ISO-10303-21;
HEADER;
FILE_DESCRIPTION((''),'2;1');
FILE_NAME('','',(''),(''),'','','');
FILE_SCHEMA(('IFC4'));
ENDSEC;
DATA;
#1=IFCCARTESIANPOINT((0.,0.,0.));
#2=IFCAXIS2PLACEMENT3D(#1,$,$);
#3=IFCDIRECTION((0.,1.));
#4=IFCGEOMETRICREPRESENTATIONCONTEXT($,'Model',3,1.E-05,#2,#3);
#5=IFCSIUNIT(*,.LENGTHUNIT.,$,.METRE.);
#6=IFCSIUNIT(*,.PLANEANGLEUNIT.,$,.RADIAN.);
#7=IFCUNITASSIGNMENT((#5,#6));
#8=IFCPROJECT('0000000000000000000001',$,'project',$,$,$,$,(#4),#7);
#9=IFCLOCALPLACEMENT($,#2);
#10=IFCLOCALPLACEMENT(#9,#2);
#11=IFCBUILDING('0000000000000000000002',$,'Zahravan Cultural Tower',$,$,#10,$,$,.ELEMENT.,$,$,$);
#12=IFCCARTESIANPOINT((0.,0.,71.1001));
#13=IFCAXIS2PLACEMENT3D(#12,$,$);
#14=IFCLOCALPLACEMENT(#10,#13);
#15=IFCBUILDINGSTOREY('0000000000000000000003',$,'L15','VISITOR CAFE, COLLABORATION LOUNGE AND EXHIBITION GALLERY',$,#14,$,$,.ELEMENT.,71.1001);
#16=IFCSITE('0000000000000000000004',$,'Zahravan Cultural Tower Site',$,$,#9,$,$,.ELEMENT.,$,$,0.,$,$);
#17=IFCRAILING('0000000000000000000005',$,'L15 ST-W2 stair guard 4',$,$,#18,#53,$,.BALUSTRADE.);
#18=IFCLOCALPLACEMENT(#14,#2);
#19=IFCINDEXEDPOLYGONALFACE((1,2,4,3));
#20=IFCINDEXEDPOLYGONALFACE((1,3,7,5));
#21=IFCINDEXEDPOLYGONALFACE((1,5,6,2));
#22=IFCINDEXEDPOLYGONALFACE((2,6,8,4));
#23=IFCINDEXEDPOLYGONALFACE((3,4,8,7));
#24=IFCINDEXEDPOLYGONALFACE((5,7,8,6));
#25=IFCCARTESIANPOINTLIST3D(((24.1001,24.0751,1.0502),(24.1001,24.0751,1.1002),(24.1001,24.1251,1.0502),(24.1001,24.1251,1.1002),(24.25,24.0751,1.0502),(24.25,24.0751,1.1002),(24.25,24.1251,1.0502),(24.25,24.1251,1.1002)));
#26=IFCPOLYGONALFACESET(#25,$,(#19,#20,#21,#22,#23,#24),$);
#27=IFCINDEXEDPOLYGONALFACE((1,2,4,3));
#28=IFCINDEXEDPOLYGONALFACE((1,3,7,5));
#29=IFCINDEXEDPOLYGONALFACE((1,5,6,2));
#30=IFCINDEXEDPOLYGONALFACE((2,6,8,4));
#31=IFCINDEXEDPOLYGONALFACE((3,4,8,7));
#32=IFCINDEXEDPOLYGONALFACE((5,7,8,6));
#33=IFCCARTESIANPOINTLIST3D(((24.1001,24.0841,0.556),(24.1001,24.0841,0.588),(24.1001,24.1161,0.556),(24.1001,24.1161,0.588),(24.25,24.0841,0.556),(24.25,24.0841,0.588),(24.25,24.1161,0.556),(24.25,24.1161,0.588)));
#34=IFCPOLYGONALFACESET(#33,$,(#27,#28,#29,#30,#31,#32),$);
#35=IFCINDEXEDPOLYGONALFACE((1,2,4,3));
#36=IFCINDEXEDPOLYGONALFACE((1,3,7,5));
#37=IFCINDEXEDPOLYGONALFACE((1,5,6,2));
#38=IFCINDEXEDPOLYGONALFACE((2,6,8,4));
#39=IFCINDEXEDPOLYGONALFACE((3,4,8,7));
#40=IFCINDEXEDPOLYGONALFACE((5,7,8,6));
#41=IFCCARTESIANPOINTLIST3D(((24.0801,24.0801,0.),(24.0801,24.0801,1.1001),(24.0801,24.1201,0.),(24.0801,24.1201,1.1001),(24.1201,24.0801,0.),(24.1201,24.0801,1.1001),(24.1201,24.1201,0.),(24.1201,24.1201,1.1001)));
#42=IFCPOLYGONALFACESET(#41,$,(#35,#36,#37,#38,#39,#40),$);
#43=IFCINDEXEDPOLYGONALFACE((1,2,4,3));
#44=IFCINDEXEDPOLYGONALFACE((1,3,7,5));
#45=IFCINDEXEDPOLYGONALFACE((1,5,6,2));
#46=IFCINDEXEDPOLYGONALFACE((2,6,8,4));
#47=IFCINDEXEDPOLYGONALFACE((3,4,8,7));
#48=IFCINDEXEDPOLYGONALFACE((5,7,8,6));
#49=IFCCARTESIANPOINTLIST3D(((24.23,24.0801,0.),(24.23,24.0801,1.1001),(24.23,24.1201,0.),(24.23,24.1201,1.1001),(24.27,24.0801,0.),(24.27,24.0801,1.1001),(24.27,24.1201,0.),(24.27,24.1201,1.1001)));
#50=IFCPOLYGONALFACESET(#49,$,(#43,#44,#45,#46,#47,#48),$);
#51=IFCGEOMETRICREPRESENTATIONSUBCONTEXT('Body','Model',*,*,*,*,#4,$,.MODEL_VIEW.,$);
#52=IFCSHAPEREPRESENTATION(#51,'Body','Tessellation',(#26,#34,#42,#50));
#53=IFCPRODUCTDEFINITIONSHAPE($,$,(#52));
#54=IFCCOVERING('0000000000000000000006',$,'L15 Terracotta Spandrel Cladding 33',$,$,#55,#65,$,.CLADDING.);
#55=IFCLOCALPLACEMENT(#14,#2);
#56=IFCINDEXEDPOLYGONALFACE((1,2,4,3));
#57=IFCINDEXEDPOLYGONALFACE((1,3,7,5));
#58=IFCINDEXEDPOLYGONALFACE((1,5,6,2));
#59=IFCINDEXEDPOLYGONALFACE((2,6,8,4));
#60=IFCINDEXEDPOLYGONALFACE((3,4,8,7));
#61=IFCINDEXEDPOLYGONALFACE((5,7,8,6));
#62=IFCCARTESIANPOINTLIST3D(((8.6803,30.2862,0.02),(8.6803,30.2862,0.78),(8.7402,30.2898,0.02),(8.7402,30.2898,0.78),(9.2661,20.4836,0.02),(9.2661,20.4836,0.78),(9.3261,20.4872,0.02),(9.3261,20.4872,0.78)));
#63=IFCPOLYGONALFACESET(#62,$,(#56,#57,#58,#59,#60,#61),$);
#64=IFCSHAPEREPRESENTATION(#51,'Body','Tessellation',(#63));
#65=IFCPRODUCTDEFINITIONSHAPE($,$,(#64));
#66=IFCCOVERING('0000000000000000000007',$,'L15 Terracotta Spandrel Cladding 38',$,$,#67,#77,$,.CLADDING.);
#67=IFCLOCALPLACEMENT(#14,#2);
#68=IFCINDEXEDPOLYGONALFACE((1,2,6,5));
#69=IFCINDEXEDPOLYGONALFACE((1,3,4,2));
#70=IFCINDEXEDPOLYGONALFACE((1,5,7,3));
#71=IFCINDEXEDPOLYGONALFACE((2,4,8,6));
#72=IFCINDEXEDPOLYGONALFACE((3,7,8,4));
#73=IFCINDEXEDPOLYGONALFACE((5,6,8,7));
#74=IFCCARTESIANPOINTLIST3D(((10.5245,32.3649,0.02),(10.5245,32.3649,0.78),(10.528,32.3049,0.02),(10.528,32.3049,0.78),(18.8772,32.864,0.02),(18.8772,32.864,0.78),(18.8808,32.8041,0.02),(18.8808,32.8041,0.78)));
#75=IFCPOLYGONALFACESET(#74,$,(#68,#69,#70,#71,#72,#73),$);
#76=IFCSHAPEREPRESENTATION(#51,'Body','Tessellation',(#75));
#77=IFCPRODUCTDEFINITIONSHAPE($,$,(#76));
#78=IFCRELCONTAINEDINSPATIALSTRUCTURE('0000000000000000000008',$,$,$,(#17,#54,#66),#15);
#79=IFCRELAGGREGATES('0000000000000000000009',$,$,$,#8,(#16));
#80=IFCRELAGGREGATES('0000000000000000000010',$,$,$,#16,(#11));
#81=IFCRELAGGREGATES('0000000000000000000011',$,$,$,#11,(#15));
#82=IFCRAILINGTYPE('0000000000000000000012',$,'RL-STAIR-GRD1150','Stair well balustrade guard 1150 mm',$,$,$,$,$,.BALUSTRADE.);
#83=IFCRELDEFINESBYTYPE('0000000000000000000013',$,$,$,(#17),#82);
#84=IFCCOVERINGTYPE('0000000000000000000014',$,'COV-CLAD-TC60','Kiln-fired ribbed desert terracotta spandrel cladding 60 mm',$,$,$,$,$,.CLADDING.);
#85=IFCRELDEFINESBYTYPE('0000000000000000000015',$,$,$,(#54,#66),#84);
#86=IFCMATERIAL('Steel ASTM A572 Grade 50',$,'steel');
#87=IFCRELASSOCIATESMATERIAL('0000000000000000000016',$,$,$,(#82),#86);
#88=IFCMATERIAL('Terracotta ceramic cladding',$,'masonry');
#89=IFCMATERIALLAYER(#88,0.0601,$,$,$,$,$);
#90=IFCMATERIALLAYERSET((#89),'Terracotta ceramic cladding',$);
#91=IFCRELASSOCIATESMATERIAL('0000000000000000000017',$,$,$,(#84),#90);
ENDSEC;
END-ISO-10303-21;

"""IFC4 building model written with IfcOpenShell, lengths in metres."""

from ifc_helpers import new_model, si_unit, direction, frame, origin, origin_2d, place, context, subcontext, project, spatial, rectangle, extrude, source, transform, mapped, material, layer, layer_set, type_object, element, save


model = new_model("IFC4")

# Units and contexts
model_context = context("Model", 3, precision=1e-05, world=origin(), true_north=direction((0.0, 1.0)))
body_context = subcontext(model_context, "Body", "Model", "MODEL_VIEW")
ifc_project = project(units=[si_unit("LENGTHUNIT", "METRE"), si_unit("PLANEANGLEUNIT", "RADIAN")], contexts=[model_context])

# Site, building, storey
site_placement = place(None, origin())
site = spatial("IfcSite", under=ifc_project, at=site_placement, Name="Zahravan Cultural Tower Site", CompositionType="ELEMENT", RefElevation=0.0)
building_placement = place(site_placement, origin())
building = spatial("IfcBuilding", under=site, at=building_placement, Name="Zahravan Cultural Tower", CompositionType="ELEMENT")
storey_placement = place(building_placement, frame((0.0, 0.0, 71.1001)))
storey = spatial("IfcBuildingStorey", under=building, at=storey_placement, Name="L15", Description="VISITOR CAFE, COLLABORATION LOUNGE AND EXHIBITION GALLERY", CompositionType="ELEMENT", Elevation=71.1001)

# Shared definitions
ifc_material_1 = material(Name="Steel ASTM A572 Grade 50", Category="steel")

# Railing
railing_type = type_object("IfcRailingType", Name="RL-STAIR-GRD1150", Description="Stair well balustrade guard 1150 mm", PredefinedType="BALUSTRADE", material=ifc_material_1)
railing_1_placement = place(storey_placement, frame((24.1001, 24.1001, 0.0)))
element("IfcRailing", 1, at=railing_1_placement, inside=storey, type_object=railing_type, Name="L15 ST-W2 stair guard 4", PredefinedType="BALUSTRADE", context=body_context, shape_type="SweptSolid", body=[
    extrude(rectangle(XDim=0.05, YDim=0.05, at=origin_2d()), frame((0.0, 0.0, 1.0752), z_axis=(1.0, 0.0, 0.0), x_axis=(0.0, 1.0, 0.0)), (0.0, 0.0, 1.0), 0.1499),
    extrude(rectangle(XDim=0.032, YDim=0.032, at=origin_2d()), frame((0.0, 0.0, 0.572), z_axis=(1.0, 0.0, 0.0), x_axis=(0.0, 1.0, 0.0)), (0.0, 0.0, 1.0), 0.1499),
    extrude(rectangle(XDim=0.04, YDim=0.04, at=origin_2d()), origin(), (0.0, 0.0, 1.0), 1.1001),
    extrude(rectangle(XDim=0.04, YDim=0.04, at=origin_2d()), frame((0.1499, 0.0, 0.0)), (0.0, 0.0, 1.0), 1.1001),
])

# Coverings
ifc_material_2 = material(Name="Terracotta ceramic cladding", Category="masonry")
ifc_layer_1 = layer(ifc_material_2, 0.0601)
ifc_layer_set_1 = layer_set([ifc_layer_1], Name="Terracotta ceramic cladding")
covering_type = type_object("IfcCoveringType", Name="COV-CLAD-TC60", Description="Kiln-fired ribbed desert terracotta spandrel cladding 60 mm", PredefinedType="CLADDING", material=ifc_layer_set_1)
shared_shape_1 = source(origin(), body_context, "Body", "SweptSolid", [
    extrude(rectangle(XDim=9.8201, YDim=0.0601, at=origin_2d()), origin(), (0.0, 0.0, 1.0), 0.76),
])
covering_1_placement = place(storey_placement, frame((9.0032, 25.3867, 0.02), z_axis=(0.0, 0.0, 1.0), x_axis=(-0.059655, 0.998219, 0.0)))
element("IfcCovering", 2, at=covering_1_placement, inside=storey, type_object=covering_type, Name="L15 Terracotta Spandrel Cladding 33", PredefinedType="CLADDING", context=body_context, shape_type="MappedRepresentation", body=[
    mapped(shared_shape_1, transform((0.0, 0.0, 0.0), x_axis=(1.0, 0.0, 0.0), y_axis=(0.0, 1.0, 0.0), z_axis=(0.0, 0.0, 1.0), scale=1.0)),
])
shared_shape_2 = source(origin(), body_context, "Body", "SweptSolid", [
    extrude(rectangle(XDim=8.3677, YDim=0.0601, at=origin_2d()), origin(), (0.0, 0.0, 1.0), 0.76),
])
covering_2_placement = place(storey_placement, frame((14.7026, 32.5845, 0.02), z_axis=(0.0, 0.0, 1.0), x_axis=(0.998219, 0.059655, 0.0)))
element("IfcCovering", 3, at=covering_2_placement, inside=storey, type_object=covering_type, Name="L15 Terracotta Spandrel Cladding 38", PredefinedType="CLADDING", context=body_context, shape_type="MappedRepresentation", body=[
    mapped(shared_shape_2, transform((0.0, 0.0, 0.0), x_axis=(1.0, 0.0, 0.0), y_axis=(0.0, 1.0, 0.0), z_axis=(0.0, 0.0, 1.0), scale=1.0)),
])

save(model, "model.ifc")
